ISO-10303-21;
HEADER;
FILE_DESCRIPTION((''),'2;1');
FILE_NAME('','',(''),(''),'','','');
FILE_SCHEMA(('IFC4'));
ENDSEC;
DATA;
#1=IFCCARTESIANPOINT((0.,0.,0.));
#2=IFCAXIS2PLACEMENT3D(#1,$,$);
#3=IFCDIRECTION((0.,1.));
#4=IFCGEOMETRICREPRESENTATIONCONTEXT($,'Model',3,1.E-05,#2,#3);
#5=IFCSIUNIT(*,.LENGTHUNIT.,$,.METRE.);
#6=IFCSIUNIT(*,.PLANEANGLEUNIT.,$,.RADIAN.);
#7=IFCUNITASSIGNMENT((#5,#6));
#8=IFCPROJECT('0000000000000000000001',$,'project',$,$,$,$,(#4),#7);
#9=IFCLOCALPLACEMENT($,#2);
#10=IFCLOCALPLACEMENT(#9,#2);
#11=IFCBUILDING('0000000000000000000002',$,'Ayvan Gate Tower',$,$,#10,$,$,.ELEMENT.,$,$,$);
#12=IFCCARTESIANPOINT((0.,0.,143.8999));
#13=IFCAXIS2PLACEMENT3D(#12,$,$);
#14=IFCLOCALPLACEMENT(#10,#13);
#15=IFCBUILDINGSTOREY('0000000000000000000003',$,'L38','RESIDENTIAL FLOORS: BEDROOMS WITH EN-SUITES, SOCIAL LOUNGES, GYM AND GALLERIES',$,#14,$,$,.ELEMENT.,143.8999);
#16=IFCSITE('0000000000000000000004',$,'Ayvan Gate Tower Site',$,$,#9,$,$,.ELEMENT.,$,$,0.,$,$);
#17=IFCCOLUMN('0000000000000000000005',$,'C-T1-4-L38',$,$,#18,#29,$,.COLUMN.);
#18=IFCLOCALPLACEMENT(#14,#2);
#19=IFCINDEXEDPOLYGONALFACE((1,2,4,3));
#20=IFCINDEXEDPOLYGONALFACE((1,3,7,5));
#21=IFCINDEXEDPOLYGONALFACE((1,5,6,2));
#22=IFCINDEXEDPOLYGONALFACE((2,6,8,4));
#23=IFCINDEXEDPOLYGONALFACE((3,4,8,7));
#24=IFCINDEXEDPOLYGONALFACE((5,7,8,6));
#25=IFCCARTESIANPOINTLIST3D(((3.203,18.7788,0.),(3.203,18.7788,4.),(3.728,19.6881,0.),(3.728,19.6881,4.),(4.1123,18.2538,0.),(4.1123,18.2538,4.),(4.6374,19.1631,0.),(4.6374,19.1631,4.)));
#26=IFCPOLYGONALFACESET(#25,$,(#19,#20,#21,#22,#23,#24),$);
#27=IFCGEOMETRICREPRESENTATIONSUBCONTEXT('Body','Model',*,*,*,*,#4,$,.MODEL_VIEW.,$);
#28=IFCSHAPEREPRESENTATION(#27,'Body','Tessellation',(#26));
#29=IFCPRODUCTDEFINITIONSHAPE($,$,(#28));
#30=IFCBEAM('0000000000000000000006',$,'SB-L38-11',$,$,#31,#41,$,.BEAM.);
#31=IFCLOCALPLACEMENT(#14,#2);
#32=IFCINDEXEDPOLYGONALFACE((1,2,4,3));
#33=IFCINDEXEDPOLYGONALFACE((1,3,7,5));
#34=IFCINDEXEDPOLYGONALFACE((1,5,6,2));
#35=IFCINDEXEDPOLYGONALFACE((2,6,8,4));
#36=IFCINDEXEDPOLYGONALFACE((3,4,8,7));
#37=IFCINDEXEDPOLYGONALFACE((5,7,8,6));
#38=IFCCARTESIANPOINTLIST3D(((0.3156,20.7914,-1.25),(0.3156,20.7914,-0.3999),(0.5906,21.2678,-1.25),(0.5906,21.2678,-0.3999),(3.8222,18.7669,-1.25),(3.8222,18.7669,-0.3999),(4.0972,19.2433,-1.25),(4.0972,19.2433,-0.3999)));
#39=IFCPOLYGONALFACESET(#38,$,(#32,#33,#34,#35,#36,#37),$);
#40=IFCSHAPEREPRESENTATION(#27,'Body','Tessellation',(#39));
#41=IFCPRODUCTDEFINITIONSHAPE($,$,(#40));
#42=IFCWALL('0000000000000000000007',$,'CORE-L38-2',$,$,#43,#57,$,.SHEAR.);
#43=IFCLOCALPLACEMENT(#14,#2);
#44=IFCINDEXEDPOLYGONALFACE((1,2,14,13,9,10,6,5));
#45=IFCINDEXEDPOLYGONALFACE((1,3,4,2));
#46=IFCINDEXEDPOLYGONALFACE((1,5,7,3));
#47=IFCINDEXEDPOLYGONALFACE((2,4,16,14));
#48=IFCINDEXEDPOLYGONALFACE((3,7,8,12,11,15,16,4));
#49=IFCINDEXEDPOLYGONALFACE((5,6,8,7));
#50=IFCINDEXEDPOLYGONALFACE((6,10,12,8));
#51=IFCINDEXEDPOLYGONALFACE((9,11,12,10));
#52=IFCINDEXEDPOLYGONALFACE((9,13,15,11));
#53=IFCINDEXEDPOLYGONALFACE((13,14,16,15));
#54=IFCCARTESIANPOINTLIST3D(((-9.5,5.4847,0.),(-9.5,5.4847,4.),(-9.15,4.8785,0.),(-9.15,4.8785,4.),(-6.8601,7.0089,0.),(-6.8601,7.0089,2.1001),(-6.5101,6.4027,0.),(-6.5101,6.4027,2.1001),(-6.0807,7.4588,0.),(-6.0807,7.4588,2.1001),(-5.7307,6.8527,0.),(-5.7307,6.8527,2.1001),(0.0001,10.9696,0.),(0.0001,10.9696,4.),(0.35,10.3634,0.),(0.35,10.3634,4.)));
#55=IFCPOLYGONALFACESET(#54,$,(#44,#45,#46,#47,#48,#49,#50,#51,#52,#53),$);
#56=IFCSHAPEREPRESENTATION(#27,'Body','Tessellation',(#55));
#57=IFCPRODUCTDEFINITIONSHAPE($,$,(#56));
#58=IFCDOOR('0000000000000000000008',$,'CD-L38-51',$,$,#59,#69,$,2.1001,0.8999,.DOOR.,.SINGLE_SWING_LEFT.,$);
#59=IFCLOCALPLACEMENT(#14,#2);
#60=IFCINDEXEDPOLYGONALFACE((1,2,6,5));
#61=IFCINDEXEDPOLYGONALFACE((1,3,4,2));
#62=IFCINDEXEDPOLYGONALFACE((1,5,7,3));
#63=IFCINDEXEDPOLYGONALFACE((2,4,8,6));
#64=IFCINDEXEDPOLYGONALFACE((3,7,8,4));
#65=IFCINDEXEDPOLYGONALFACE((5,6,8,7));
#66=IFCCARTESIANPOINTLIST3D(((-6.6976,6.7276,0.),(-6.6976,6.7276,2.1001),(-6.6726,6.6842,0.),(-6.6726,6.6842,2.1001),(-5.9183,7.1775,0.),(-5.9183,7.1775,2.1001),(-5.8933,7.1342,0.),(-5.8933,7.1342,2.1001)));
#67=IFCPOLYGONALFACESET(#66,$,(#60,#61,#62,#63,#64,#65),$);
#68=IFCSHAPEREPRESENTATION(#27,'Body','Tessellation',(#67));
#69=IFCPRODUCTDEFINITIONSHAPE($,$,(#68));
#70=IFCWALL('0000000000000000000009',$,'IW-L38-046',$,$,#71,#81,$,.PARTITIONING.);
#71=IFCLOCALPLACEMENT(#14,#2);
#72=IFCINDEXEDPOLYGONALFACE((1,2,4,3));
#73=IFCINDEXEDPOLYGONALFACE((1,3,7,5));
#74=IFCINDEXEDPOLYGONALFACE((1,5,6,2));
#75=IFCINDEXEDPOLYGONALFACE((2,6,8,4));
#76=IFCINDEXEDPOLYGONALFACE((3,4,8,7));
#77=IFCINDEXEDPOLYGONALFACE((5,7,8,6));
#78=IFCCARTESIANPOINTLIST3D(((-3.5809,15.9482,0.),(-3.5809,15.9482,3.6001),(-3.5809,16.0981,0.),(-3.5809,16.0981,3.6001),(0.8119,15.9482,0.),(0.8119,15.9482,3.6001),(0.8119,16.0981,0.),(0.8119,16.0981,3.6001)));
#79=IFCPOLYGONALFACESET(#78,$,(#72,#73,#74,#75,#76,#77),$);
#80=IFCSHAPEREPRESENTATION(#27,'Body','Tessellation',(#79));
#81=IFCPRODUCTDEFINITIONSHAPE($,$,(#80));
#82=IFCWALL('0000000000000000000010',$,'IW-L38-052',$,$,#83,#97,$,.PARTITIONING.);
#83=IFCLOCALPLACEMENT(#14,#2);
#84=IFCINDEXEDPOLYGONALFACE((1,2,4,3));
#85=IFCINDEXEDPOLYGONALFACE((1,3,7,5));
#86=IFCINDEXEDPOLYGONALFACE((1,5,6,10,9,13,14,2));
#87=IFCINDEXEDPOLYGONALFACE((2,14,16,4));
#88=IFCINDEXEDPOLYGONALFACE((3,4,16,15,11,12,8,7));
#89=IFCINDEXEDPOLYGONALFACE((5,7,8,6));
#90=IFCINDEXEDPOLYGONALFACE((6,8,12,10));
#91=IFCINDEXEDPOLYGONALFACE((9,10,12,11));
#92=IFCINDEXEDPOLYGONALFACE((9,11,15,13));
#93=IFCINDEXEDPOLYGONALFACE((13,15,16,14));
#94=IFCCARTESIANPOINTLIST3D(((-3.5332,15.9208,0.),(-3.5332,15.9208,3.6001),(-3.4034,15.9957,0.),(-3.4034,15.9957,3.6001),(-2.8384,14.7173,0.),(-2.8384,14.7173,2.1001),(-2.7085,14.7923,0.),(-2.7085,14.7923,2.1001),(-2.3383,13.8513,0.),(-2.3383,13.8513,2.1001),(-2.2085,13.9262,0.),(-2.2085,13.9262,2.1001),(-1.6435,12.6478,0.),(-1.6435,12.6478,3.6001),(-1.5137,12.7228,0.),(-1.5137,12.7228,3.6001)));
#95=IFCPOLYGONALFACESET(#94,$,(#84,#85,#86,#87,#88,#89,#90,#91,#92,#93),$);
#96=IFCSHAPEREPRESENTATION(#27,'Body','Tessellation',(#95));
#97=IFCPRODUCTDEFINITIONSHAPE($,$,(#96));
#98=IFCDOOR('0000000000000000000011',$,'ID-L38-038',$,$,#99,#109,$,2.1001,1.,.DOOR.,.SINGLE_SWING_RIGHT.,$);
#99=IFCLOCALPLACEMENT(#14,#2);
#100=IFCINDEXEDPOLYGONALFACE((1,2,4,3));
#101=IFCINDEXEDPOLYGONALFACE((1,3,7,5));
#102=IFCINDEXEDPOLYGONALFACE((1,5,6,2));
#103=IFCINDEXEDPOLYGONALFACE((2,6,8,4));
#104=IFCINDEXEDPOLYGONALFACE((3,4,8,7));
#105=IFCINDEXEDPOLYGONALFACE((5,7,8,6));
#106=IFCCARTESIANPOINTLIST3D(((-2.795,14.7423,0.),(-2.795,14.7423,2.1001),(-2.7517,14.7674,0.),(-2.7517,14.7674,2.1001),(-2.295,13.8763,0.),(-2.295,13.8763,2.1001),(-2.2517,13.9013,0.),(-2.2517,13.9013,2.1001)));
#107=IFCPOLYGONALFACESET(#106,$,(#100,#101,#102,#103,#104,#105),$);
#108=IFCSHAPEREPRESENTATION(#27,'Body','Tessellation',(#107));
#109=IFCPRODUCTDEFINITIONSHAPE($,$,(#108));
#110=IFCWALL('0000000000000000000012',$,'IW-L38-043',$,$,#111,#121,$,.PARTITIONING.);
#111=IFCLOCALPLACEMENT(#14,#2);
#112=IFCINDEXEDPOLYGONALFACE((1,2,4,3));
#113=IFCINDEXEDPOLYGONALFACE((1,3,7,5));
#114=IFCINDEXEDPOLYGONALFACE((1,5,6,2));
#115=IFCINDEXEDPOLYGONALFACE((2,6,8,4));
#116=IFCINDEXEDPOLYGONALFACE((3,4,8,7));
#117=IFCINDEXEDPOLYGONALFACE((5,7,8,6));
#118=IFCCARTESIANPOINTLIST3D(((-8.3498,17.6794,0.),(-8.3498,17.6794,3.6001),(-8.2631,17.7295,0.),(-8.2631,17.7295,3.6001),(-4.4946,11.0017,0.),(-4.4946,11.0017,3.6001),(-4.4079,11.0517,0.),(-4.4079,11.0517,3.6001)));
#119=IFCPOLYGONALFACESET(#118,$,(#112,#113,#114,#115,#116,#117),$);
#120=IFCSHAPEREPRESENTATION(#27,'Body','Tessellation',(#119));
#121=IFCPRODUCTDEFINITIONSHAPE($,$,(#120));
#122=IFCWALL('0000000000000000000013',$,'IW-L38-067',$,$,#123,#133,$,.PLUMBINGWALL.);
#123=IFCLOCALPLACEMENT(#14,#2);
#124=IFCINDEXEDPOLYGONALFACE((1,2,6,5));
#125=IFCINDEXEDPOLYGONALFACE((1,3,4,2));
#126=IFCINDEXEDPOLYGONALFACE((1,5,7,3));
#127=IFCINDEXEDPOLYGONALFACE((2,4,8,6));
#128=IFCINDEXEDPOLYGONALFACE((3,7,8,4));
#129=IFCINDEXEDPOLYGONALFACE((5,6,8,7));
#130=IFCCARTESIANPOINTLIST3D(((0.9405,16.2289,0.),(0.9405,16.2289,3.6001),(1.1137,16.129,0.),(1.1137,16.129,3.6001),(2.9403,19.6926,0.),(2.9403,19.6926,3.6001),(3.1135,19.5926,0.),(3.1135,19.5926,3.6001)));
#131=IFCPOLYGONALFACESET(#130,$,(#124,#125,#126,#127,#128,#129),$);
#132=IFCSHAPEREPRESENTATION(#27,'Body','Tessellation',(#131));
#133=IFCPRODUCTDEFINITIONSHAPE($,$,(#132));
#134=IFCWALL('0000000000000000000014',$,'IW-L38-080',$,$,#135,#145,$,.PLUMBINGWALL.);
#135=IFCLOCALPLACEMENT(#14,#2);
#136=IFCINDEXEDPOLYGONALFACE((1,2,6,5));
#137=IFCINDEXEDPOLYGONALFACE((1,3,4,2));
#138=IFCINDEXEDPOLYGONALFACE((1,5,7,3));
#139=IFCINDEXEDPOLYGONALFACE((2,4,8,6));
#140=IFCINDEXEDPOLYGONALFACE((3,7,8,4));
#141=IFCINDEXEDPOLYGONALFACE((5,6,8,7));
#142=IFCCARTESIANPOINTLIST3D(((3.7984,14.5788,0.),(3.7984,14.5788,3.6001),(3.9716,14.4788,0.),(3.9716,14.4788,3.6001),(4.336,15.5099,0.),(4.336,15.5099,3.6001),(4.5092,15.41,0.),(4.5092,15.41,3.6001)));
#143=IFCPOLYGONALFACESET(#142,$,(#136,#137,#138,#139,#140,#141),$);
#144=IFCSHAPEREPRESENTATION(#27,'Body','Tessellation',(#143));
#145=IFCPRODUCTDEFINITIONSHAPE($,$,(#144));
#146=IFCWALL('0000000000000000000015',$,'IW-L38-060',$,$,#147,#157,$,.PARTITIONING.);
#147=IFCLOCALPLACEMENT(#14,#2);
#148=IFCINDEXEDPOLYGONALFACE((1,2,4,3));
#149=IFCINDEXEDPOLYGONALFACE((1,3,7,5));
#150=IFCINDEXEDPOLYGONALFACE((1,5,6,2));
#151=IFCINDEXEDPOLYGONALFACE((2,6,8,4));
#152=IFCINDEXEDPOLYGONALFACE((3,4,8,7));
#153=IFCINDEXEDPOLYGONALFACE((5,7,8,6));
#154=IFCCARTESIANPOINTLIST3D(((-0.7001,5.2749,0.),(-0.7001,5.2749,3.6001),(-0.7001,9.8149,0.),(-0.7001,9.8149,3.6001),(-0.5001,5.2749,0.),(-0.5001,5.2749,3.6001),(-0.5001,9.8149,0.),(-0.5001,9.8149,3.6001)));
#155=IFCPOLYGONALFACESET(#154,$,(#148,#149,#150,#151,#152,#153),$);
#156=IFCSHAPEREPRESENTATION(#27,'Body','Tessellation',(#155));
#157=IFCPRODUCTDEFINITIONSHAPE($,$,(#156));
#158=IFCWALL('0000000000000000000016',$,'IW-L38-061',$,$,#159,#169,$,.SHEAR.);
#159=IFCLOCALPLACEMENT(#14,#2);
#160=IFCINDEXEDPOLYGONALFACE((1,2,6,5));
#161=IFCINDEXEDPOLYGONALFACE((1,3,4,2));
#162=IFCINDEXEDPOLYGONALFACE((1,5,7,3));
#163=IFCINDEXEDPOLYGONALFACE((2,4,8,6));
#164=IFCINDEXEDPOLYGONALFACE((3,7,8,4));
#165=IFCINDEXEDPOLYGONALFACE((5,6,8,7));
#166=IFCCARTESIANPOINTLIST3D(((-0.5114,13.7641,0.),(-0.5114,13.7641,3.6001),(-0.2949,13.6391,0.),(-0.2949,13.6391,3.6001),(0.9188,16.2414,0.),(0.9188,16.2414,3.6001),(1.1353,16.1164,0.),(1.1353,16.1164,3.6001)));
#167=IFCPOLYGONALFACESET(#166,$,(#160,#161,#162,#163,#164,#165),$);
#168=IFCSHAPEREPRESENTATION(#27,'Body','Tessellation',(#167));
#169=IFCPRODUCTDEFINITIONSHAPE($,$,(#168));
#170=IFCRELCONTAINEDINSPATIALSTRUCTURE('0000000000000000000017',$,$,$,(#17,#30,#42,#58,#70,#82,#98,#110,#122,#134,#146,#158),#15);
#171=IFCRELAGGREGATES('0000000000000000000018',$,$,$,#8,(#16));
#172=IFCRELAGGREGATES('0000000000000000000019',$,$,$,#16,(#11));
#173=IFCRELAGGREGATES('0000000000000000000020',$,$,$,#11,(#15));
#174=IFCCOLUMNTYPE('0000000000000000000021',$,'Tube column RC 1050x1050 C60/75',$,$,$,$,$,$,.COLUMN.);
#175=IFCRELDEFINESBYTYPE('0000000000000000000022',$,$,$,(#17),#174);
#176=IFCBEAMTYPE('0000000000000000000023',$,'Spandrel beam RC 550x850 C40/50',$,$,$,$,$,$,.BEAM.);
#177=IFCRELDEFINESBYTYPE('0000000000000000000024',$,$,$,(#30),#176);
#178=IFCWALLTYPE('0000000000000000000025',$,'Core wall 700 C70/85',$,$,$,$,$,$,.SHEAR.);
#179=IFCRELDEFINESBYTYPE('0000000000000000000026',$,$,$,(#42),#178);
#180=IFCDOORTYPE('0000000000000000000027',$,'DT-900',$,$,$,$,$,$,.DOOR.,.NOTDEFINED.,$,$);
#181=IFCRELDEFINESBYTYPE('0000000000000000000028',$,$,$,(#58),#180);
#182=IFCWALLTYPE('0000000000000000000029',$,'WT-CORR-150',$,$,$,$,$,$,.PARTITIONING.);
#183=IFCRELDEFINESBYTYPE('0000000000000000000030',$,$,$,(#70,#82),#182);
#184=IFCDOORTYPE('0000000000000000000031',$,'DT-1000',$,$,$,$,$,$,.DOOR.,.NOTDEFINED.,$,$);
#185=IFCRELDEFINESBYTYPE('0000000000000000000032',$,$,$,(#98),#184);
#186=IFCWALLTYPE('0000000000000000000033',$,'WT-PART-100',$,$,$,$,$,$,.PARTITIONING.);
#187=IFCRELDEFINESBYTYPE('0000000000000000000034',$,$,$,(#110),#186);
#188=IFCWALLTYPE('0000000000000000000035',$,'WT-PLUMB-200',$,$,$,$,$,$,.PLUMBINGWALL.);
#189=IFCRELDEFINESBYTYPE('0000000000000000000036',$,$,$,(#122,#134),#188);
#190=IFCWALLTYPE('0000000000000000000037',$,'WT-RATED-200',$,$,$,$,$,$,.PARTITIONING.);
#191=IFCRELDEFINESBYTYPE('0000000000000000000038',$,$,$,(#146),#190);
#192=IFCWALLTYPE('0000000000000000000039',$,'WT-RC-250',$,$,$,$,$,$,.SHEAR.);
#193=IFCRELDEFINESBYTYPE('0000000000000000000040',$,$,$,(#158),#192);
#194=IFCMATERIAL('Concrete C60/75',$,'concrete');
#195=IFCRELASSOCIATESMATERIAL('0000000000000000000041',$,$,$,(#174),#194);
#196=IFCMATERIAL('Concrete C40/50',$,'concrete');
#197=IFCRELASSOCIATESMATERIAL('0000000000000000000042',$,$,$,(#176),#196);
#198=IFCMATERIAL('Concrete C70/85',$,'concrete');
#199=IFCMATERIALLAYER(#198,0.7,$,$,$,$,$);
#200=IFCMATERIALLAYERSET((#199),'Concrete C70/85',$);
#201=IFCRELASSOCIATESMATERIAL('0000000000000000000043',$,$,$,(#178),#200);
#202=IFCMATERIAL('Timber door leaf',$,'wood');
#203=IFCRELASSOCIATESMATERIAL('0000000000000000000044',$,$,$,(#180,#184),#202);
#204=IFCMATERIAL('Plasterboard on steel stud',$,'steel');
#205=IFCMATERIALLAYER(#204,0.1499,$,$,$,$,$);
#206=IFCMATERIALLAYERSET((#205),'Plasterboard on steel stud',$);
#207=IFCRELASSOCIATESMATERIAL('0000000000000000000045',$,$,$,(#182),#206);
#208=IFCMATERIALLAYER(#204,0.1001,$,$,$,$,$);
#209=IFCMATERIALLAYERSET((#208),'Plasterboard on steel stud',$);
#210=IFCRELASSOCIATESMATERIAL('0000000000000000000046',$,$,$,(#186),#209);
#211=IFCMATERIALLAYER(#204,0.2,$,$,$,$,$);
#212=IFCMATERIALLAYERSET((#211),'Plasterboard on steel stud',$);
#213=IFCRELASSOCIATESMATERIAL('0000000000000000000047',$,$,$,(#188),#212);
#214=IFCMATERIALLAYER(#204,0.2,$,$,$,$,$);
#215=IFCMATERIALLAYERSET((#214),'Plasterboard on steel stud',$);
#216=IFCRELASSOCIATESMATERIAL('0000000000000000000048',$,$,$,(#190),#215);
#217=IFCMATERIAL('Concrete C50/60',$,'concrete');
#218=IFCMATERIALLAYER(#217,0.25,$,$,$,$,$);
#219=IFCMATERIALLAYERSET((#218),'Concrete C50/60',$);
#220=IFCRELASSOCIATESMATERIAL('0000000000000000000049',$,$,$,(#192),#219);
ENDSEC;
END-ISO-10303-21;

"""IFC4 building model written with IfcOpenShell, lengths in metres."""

from ifc_helpers import new_model, si_unit, direction, frame, frame_2d, origin, origin_2d, place, context, subcontext, project, spatial, rectangle, extrude, material, layer, layer_set, material_profile, profile_set, type_object, element, fill, save


model = new_model("IFC4")

# Units and contexts
model_context = context("Model", 3, precision=1e-05, world=origin(), true_north=direction((0.0, 1.0)))
body_context = subcontext(model_context, "Body", "Model", "MODEL_VIEW")
ifc_project = project(units=[si_unit("LENGTHUNIT", "METRE"), si_unit("PLANEANGLEUNIT", "RADIAN")], contexts=[model_context])

# Site, building, storey
site_placement = place(None, origin())
site = spatial("IfcSite", under=ifc_project, at=site_placement, Name="Ayvan Gate Tower Site", CompositionType="ELEMENT", RefElevation=0.0)
building_placement = place(site_placement, origin())
building = spatial("IfcBuilding", under=site, at=building_placement, Name="Ayvan Gate Tower", CompositionType="ELEMENT")
storey_placement = place(building_placement, frame((0.0, 0.0, 143.8999)))
storey = spatial("IfcBuildingStorey", under=building, at=storey_placement, Name="L38", Description="RESIDENTIAL FLOORS: BEDROOMS WITH EN-SUITES, SOCIAL LOUNGES, GYM AND GALLERIES", CompositionType="ELEMENT", Elevation=143.8999)

# Column
ifc_material_1 = material(Name="Concrete C60/75", Category="concrete")
ifc_material_profile_1 = material_profile(ifc_material_1, rectangle(XDim=1.05, YDim=1.05, at=origin_2d()), Name="RC 1050x1050")
ifc_profile_set_1 = profile_set([ifc_material_profile_1], Name="Concrete C60/75")
column_type = type_object("IfcColumnType", Name="Tube column RC 1050x1050 C60/75", PredefinedType="COLUMN", material=ifc_profile_set_1)
column_placement = place(storey_placement, frame((3.9202, 18.9709, 0.0), z_axis=(0.0, 0.0, 1.0), x_axis=(0.5, 0.866025, 0.0)))
element("IfcColumn", 1, at=column_placement, inside=storey, type_object=column_type, Name="C-T1-4-L38", PredefinedType="COLUMN", context=body_context, shape_type="SweptSolid", body=[
    extrude(rectangle(XDim=1.05, YDim=1.05, at=origin_2d()), origin(), (0.0, 0.0, 1.0), 4.0),
])

# Beam
ifc_material_2 = material(Name="Concrete C40/50", Category="concrete")
ifc_material_profile_2 = material_profile(ifc_material_2, rectangle(XDim=0.55, YDim=0.8501, at=origin_2d()), Name="RC 550x850")
ifc_profile_set_2 = profile_set([ifc_material_profile_2], Name="Concrete C40/50")
beam_type = type_object("IfcBeamType", Name="Spandrel beam RC 550x850 C40/50", PredefinedType="BEAM", material=ifc_profile_set_2)
beam_placement = place(storey_placement, frame((3.9597, 19.0051, -0.825), z_axis=(-0.866038, 0.499978, 0.0), x_axis=(-0.499978, -0.866038, 0.0)))
element("IfcBeam", 2, at=beam_placement, inside=storey, type_object=beam_type, Name="SB-L38-11", PredefinedType="BEAM", context=body_context, shape_type="SweptSolid", body=[
    extrude(rectangle(XDim=0.55, YDim=0.8501, at=origin_2d()), origin(), (0.0, 0.0, 1.0), 4.0491),
])

# Wall, opening, door
ifc_material_3 = material(Name="Concrete C70/85", Category="concrete")
ifc_layer_1 = layer(ifc_material_3, 0.7)
ifc_layer_set_1 = layer_set([ifc_layer_1], Name="Concrete C70/85")
wall_type_1 = type_object("IfcWallType", Name="Core wall 700 C70/85", PredefinedType="SHEAR", material=ifc_layer_set_1)
wall_1_placement = place(storey_placement, frame((0.175, 10.6665, 0.0), z_axis=(0.0, 0.0, 1.0), x_axis=(-0.866024, -0.500002, 0.0)))
wall_1 = element("IfcWall", 3, at=wall_1_placement, inside=storey, type_object=wall_type_1, Name="CORE-L38-2", PredefinedType="SHEAR", context=body_context, shape_type="SweptSolid", body=[
    extrude(rectangle(XDim=10.9697, YDim=0.7, at=frame_2d((5.4849, 0.0))), origin(), (0.0, 0.0, 1.0), 4.0),
])
opening_1_placement = place(wall_1_placement, frame((7.0215, 0.0, 0.0)))
opening_1 = element("IfcOpeningElement", 4, at=opening_1_placement, cuts=wall_1, PredefinedType="OPENING", context=body_context, shape_type="SweptSolid", body=[
    extrude(rectangle(XDim=0.8999, YDim=2.1001, at=frame_2d((0.45, 1.05))), frame((0.0, 0.3599, 0.0), z_axis=(0.0, -1.0, 0.0), x_axis=(1.0, 0.0, 0.0)), (0.0, 0.0, 1.0), 0.72),
])
ifc_material_4 = material(Name="Timber door leaf", Category="wood")
door_type_1 = type_object("IfcDoorType", Name="DT-900", OperationType="NOTDEFINED", PredefinedType="DOOR", material=ifc_material_4)
door_1_placement = place(opening_1_placement, origin())
door_1 = element("IfcDoor", 5, at=door_1_placement, inside=storey, type_object=door_type_1, Name="CD-L38-51", OperationType="SINGLE_SWING_LEFT", OverallHeight=2.1001, OverallWidth=0.8999, PredefinedType="DOOR", context=body_context, shape_type="SweptSolid", body=[
    extrude(rectangle(XDim=0.8999, YDim=2.1001, at=frame_2d((0.45, 1.05))), frame((0.0, 0.0249, 0.0), z_axis=(0.0, -1.0, 0.0), x_axis=(1.0, 0.0, 0.0)), (0.0, 0.0, 1.0), 0.05),
])
fill(opening_1, door_1)

# Wall
ifc_material_5 = material(Name="Plasterboard on steel stud", Category="steel")
ifc_layer_2 = layer(ifc_material_5, 0.1499)
ifc_layer_set_2 = layer_set([ifc_layer_2], Name="Plasterboard on steel stud")
wall_type_2 = type_object("IfcWallType", Name="WT-CORR-150", PredefinedType="PARTITIONING", material=ifc_layer_set_2)
wall_2_placement = place(storey_placement, frame((-3.5808, 16.0232, 0.0), z_axis=(0.0, 0.0, 1.0), x_axis=(1.0, 0.0, 0.0)))
element("IfcWall", 6, at=wall_2_placement, inside=storey, type_object=wall_type_2, Name="IW-L38-046", PredefinedType="PARTITIONING", context=body_context, shape_type="SweptSolid", body=[
    extrude(rectangle(XDim=4.3928, YDim=0.1499, at=frame_2d((2.1963, 0.0))), origin(), (0.0, 0.0, 1.0), 3.6001),
])

# Wall, opening, door
wall_3_placement = place(storey_placement, frame((-1.5786, 12.6853, 0.0), z_axis=(0.0, 0.0, 1.0), x_axis=(-0.500002, 0.866024, 0.0)))
wall_3 = element("IfcWall", 7, at=wall_3_placement, inside=storey, type_object=wall_type_2, Name="IW-L38-052", PredefinedType="PARTITIONING", context=body_context, shape_type="SweptSolid", body=[
    extrude(rectangle(XDim=3.7793, YDim=0.1499, at=frame_2d((1.8896, 0.0))), origin(), (0.0, 0.0, 1.0), 3.6001),
])
opening_2_placement = place(wall_3_placement, frame((1.3896, 0.0, 0.0)))
opening_2 = element("IfcOpeningElement", 8, at=opening_2_placement, cuts=wall_3, PredefinedType="OPENING", context=body_context, shape_type="SweptSolid", body=[
    extrude(rectangle(XDim=1.0, YDim=2.1001, at=frame_2d((0.5, 1.05))), frame((0.0, 0.085, 0.0), z_axis=(0.0, -1.0, 0.0), x_axis=(1.0, 0.0, 0.0)), (0.0, 0.0, 1.0), 0.1699),
])
door_type_2 = type_object("IfcDoorType", Name="DT-1000", OperationType="NOTDEFINED", PredefinedType="DOOR", material=ifc_material_4)
door_2_placement = place(opening_2_placement, origin())
door_2 = element("IfcDoor", 9, at=door_2_placement, inside=storey, type_object=door_type_2, Name="ID-L38-038", OperationType="SINGLE_SWING_RIGHT", OverallHeight=2.1001, OverallWidth=1.0, PredefinedType="DOOR", context=body_context, shape_type="SweptSolid", body=[
    extrude(rectangle(XDim=1.0, YDim=2.1001, at=frame_2d((0.5, 1.05))), frame((0.0, 0.0249, 0.0), z_axis=(0.0, -1.0, 0.0), x_axis=(1.0, 0.0, 0.0)), (0.0, 0.0, 1.0), 0.05),
])
fill(opening_2, door_2)

# Walls
ifc_layer_3 = layer(ifc_material_5, 0.1001)
ifc_layer_set_3 = layer_set([ifc_layer_3], Name="Plasterboard on steel stud")
wall_type_3 = type_object("IfcWallType", Name="WT-PART-100", PredefinedType="PARTITIONING", material=ifc_layer_set_3)
wall_4_placement = place(storey_placement, frame((-4.4512, 11.0266, 0.0), z_axis=(0.0, 0.0, 1.0), x_axis=(-0.499984, 0.866035, 0.0)))
element("IfcWall", 10, at=wall_4_placement, inside=storey, type_object=wall_type_3, Name="IW-L38-043", PredefinedType="PARTITIONING", context=body_context, shape_type="SweptSolid", body=[
    extrude(rectangle(XDim=7.7107, YDim=0.1001, at=frame_2d((3.8555, 0.0))), origin(), (0.0, 0.0, 1.0), 3.6001),
])
ifc_layer_4 = layer(ifc_material_5, 0.2)
ifc_layer_set_4 = layer_set([ifc_layer_4], Name="Plasterboard on steel stud")
wall_type_4 = type_object("IfcWallType", Name="WT-PLUMB-200", PredefinedType="PLUMBINGWALL", material=ifc_layer_set_4)
wall_5_placement = place(storey_placement, frame((1.0271, 16.179, 0.0), z_axis=(0.0, 0.0, 1.0), x_axis=(0.500006, 0.866022, 0.0)))
element("IfcWall", 11, at=wall_5_placement, inside=storey, type_object=wall_type_4, Name="IW-L38-067", PredefinedType="PLUMBINGWALL", context=body_context, shape_type="SweptSolid", body=[
    extrude(rectangle(XDim=3.9995, YDim=0.2, at=frame_2d((1.9998, 0.0))), origin(), (0.0, 0.0, 1.0), 3.6001),
])
wall_6_placement = place(storey_placement, frame((3.885, 14.5288, 0.0), z_axis=(0.0, 0.0, 1.0), x_axis=(0.499998, 0.866027, 0.0)))
element("IfcWall", 12, at=wall_6_placement, inside=storey, type_object=wall_type_4, Name="IW-L38-080", PredefinedType="PLUMBINGWALL", context=body_context, shape_type="SweptSolid", body=[
    extrude(rectangle(XDim=1.0752, YDim=0.2, at=frame_2d((0.5376, 0.0))), origin(), (0.0, 0.0, 1.0), 3.6001),
])
ifc_layer_5 = layer(ifc_material_5, 0.2)
ifc_layer_set_5 = layer_set([ifc_layer_5], Name="Plasterboard on steel stud")
wall_type_5 = type_object("IfcWallType", Name="WT-RATED-200", PredefinedType="PARTITIONING", material=ifc_layer_set_5)
wall_7_placement = place(storey_placement, frame((-0.6001, 9.8149, 0.0), z_axis=(0.0, 0.0, 1.0), x_axis=(0.0, -1.0, 0.0)))
element("IfcWall", 13, at=wall_7_placement, inside=storey, type_object=wall_type_5, Name="IW-L38-060", PredefinedType="PARTITIONING", context=body_context, shape_type="SweptSolid", body=[
    extrude(rectangle(XDim=4.54, YDim=0.2, at=frame_2d((2.27, 0.0))), origin(), (0.0, 0.0, 1.0), 3.6001),
])
ifc_material_6 = material(Name="Concrete C50/60", Category="concrete")
ifc_layer_6 = layer(ifc_material_6, 0.25)
ifc_layer_set_6 = layer_set([ifc_layer_6], Name="Concrete C50/60")
wall_type_6 = type_object("IfcWallType", Name="WT-RC-250", PredefinedType="SHEAR", material=ifc_layer_set_6)
wall_8_placement = place(storey_placement, frame((-0.4031, 13.7017, 0.0), z_axis=(0.0, 0.0, 1.0), x_axis=(0.499976, 0.866039, 0.0)))
element("IfcWall", 14, at=wall_8_placement, inside=storey, type_object=wall_type_6, Name="IW-L38-061", PredefinedType="SHEAR", context=body_context, shape_type="SweptSolid", body=[
    extrude(rectangle(XDim=2.8606, YDim=0.25, at=frame_2d((1.4302, 0.0))), origin(), (0.0, 0.0, 1.0), 3.6001),
])

save(model, "model.ifc")
